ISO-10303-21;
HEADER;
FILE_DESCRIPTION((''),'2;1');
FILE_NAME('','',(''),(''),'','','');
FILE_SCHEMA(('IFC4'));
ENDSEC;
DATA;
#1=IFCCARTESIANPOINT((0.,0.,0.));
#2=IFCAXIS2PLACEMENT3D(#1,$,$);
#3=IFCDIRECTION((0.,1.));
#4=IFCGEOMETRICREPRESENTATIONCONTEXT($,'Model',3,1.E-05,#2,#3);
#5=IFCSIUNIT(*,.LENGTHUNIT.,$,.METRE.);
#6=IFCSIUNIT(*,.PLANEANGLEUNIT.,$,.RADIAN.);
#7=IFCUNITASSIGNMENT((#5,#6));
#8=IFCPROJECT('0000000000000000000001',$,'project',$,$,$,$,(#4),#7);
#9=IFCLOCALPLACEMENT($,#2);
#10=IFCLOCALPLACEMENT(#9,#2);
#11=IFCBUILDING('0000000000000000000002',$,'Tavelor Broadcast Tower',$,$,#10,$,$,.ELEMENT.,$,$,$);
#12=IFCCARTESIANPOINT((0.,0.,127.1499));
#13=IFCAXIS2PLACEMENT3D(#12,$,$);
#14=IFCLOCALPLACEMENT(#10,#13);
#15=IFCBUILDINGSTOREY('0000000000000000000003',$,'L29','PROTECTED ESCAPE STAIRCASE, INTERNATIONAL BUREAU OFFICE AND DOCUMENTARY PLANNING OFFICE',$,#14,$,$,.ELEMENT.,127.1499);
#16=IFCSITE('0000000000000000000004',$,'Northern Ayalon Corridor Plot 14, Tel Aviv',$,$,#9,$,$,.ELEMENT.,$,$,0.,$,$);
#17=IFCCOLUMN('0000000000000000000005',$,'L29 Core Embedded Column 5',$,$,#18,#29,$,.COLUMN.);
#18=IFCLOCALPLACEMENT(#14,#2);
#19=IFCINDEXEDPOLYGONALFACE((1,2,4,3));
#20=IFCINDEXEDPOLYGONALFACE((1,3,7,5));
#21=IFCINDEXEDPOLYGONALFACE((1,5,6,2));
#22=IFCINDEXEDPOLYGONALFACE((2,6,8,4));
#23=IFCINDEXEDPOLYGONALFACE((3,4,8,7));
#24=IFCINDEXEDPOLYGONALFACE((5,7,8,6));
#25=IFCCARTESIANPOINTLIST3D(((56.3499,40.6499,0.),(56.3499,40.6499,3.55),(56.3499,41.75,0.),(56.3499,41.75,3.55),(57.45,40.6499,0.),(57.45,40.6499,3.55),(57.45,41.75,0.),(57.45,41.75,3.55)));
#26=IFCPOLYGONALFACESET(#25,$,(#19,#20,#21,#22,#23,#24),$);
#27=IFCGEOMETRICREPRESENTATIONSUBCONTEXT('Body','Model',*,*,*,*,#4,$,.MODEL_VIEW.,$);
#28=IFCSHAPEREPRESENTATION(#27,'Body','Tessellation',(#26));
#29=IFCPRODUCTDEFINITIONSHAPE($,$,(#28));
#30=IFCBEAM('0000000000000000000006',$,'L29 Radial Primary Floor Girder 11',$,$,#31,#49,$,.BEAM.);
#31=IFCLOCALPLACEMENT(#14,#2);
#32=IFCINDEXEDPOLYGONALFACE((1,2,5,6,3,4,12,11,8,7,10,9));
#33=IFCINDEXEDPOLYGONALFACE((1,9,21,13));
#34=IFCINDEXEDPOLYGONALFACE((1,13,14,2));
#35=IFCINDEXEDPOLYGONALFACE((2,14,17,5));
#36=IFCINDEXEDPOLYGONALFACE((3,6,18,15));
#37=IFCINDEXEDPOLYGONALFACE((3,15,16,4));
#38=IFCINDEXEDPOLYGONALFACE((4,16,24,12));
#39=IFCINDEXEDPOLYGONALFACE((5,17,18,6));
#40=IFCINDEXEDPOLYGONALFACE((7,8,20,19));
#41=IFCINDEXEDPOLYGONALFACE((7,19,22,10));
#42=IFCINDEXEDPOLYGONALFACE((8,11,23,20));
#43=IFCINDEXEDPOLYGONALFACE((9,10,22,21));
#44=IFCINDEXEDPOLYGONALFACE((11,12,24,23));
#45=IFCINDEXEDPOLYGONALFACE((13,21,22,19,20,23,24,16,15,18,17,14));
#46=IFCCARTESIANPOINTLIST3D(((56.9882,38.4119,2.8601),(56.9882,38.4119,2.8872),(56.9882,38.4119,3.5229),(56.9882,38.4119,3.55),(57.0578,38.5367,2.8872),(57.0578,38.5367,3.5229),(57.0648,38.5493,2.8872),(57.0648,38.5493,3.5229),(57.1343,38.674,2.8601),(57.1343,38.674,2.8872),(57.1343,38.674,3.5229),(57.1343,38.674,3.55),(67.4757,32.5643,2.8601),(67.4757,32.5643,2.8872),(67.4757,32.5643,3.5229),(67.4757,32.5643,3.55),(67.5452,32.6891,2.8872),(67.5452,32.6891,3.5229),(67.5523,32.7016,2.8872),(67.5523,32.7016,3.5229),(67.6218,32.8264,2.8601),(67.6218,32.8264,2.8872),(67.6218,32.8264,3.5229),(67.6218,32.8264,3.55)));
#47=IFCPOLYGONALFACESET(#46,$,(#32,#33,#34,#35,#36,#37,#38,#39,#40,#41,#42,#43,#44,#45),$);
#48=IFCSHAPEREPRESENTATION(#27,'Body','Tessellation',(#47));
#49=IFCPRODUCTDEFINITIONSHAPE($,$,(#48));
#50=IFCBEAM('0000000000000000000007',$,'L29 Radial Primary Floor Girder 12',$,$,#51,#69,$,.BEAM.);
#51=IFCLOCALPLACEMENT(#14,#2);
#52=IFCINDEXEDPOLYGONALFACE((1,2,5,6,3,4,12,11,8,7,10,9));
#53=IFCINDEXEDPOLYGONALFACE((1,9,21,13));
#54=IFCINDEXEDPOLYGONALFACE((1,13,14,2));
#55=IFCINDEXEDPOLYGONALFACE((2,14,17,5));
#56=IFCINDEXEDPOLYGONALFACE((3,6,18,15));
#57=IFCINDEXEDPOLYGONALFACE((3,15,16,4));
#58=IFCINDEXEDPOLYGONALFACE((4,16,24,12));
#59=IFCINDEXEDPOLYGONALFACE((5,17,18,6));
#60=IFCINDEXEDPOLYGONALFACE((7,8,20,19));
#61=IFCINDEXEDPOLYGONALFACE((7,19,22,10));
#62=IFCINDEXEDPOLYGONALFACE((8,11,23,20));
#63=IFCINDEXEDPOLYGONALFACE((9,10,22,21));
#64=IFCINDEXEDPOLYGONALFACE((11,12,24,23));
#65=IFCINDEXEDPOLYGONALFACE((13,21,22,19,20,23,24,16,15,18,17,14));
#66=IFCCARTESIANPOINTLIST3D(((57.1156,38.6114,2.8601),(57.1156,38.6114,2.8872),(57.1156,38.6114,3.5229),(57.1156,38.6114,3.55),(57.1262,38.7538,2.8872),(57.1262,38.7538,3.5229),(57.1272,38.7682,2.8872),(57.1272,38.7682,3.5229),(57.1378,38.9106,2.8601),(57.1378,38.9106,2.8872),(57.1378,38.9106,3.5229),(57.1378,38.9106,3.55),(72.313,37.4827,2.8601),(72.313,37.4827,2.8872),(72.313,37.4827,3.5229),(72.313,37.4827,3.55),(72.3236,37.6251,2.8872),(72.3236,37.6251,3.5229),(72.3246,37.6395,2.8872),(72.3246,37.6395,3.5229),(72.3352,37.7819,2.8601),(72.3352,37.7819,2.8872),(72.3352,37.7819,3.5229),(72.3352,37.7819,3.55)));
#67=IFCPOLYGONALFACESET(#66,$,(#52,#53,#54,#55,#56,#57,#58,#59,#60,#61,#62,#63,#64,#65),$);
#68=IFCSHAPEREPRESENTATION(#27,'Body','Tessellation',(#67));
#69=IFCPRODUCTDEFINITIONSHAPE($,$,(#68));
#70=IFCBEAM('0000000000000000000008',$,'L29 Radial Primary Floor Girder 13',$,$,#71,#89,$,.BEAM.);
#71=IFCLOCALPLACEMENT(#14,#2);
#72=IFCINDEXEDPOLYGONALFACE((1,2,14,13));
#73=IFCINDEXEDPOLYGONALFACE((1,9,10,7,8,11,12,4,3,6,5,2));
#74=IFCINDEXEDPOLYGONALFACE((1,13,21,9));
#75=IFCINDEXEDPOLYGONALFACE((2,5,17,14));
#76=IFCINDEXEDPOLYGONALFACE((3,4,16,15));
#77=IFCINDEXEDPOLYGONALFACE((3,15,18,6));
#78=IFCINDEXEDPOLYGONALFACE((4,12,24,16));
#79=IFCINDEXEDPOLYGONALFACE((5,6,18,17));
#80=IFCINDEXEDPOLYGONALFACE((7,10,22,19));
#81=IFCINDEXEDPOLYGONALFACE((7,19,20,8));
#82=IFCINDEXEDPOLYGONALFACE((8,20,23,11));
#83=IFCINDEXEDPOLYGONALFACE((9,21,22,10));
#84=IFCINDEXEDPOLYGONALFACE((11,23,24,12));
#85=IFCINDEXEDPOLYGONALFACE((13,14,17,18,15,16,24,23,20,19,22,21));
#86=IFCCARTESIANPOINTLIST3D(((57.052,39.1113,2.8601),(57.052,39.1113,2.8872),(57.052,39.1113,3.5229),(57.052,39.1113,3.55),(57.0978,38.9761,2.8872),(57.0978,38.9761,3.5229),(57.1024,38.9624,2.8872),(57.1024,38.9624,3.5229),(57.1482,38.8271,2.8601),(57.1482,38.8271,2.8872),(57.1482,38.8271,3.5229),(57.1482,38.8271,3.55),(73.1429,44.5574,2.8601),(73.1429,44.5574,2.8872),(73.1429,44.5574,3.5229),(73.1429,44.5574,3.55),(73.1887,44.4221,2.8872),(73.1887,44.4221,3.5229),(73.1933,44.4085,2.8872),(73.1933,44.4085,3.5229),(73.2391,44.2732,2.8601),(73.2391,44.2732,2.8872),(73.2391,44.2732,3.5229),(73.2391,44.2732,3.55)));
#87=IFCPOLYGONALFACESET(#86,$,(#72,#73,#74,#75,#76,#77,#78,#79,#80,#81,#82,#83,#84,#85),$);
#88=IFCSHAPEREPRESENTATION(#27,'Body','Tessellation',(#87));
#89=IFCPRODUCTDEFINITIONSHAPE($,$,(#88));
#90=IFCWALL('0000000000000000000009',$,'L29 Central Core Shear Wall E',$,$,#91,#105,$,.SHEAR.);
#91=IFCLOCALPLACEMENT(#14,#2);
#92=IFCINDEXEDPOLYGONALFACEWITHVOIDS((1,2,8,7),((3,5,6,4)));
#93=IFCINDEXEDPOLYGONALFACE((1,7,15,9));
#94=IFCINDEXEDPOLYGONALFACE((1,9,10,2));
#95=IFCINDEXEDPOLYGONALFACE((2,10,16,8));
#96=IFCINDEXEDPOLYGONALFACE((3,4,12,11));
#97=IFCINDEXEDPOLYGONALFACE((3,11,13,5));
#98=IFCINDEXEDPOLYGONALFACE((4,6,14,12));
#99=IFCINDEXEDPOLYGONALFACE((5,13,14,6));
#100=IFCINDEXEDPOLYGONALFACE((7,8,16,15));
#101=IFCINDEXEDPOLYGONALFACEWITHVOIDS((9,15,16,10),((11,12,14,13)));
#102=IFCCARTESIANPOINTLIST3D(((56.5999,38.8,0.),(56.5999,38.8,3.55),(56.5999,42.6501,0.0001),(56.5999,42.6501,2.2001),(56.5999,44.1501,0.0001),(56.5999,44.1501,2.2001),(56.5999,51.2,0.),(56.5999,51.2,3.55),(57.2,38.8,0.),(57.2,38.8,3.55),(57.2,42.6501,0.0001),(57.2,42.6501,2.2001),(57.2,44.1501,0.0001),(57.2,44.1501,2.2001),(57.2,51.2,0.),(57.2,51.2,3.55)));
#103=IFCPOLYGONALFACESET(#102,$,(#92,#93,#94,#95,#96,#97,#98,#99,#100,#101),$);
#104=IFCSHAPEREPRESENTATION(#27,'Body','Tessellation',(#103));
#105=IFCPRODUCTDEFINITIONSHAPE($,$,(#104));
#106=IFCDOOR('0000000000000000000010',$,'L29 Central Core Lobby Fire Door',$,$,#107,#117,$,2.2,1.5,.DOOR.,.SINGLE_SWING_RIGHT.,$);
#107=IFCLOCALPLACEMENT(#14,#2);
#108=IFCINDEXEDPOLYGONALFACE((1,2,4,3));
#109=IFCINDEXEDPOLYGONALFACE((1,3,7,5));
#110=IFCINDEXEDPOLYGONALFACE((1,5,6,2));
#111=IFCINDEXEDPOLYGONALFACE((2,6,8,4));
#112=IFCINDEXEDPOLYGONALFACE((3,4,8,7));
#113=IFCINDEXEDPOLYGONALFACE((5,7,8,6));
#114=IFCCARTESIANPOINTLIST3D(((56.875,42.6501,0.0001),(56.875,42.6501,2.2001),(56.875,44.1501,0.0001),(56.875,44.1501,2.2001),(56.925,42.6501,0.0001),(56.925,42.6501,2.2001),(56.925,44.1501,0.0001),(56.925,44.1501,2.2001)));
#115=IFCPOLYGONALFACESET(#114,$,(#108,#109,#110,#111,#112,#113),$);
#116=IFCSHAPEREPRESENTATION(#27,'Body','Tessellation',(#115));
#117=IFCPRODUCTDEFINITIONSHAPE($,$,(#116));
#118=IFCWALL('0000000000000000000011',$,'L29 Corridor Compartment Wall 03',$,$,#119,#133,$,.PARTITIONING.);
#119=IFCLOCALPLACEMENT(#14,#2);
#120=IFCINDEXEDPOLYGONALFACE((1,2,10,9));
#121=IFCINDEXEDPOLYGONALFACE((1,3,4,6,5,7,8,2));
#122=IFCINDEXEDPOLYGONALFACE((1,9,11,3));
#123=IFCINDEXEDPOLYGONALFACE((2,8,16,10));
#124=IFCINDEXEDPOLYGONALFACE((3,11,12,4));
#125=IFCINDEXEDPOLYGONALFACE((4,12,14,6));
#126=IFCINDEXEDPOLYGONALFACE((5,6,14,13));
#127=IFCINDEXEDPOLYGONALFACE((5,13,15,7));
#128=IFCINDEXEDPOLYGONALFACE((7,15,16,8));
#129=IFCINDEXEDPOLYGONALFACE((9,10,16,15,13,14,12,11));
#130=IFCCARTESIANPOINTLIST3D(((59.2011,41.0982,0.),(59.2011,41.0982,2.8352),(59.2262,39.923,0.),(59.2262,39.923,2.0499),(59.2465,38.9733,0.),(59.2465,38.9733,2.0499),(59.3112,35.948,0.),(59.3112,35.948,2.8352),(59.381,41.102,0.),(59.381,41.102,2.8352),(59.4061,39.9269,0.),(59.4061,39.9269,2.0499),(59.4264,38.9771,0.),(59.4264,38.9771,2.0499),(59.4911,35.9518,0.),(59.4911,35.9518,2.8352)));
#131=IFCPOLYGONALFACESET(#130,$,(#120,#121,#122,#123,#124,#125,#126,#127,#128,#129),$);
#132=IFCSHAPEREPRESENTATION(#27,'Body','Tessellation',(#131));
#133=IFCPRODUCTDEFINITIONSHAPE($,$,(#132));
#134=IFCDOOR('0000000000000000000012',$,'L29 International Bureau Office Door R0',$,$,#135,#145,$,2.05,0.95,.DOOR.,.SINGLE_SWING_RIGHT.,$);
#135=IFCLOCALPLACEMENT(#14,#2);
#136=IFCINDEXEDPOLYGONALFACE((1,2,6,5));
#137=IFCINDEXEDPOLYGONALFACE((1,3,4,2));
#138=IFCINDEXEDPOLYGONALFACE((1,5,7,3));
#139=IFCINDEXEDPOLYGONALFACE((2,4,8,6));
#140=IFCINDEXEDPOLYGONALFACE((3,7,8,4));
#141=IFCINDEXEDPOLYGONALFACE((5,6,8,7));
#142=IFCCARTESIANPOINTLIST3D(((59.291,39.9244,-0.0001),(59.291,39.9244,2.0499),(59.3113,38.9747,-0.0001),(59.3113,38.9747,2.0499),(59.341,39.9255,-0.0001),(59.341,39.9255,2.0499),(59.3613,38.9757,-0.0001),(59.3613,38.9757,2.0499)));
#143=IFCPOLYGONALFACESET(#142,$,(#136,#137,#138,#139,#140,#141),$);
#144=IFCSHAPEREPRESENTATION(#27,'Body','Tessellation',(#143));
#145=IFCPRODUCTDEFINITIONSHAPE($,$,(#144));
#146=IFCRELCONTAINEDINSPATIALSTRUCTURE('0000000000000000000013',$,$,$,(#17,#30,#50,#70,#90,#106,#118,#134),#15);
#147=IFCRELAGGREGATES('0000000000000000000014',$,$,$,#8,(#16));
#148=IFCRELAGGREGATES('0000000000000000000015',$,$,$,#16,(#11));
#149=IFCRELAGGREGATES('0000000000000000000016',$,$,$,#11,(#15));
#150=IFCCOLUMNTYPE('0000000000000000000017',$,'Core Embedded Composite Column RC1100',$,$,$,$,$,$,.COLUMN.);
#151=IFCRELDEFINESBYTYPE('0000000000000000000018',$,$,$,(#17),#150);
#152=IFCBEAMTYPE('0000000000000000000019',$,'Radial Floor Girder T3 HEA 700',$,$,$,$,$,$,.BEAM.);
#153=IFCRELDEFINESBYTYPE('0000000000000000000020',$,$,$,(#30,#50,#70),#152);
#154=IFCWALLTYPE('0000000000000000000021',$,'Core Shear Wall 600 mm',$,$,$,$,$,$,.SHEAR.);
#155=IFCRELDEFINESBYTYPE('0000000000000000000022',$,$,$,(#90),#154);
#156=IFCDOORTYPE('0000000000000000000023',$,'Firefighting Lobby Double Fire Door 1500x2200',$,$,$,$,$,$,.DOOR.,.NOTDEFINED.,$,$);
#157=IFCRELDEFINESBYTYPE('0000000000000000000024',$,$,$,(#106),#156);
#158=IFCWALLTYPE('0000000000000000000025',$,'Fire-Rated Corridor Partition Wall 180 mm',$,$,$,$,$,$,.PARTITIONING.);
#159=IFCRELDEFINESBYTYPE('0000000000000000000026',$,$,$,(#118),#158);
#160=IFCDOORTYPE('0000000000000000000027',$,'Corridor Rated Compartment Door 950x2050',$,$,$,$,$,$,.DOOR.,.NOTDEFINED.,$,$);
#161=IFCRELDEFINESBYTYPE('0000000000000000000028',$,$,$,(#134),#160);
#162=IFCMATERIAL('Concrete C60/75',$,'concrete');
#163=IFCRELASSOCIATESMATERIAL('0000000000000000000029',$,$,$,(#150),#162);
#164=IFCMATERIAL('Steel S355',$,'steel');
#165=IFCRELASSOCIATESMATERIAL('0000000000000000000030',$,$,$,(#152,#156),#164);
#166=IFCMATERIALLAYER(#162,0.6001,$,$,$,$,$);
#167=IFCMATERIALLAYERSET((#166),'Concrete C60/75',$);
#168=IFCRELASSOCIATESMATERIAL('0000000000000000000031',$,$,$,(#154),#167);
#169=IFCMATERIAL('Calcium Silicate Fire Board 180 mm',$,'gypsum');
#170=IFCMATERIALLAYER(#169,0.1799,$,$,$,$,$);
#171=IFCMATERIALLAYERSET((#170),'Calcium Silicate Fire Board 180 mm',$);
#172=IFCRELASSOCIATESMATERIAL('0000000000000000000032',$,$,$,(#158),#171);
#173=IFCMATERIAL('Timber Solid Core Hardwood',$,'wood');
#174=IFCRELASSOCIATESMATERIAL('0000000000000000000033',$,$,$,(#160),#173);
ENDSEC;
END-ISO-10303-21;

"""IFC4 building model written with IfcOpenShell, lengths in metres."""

from ifc_helpers import new_model, si_unit, direction, frame, frame_2d, origin, origin_2d, place, context, subcontext, project, spatial, rectangle, i_section, extrude, material, layer, layer_set, material_profile, profile_set, type_object, element, fill, save


model = new_model("IFC4")

# Units and contexts
model_context = context("Model", 3, precision=1e-05, world=origin(), true_north=direction((0.0, 1.0)))
body_context = subcontext(model_context, "Body", "Model", "MODEL_VIEW")
ifc_project = project(units=[si_unit("LENGTHUNIT", "METRE"), si_unit("PLANEANGLEUNIT", "RADIAN")], contexts=[model_context])

# Site, building, storey
site_placement = place(None, origin())
site = spatial("IfcSite", under=ifc_project, at=site_placement, Name="Northern Ayalon Corridor Plot 14, Tel Aviv", CompositionType="ELEMENT", RefElevation=0.0)
building_placement = place(site_placement, origin())
building = spatial("IfcBuilding", under=site, at=building_placement, Name="Tavelor Broadcast Tower", CompositionType="ELEMENT")
storey_placement = place(building_placement, frame((0.0, 0.0, 127.1499)))
storey = spatial("IfcBuildingStorey", under=building, at=storey_placement, Name="L29", Description="PROTECTED ESCAPE STAIRCASE, INTERNATIONAL BUREAU OFFICE AND DOCUMENTARY PLANNING OFFICE", CompositionType="ELEMENT", Elevation=127.1499)

# Column
ifc_material_1 = material(Name="Concrete C60/75", Category="concrete")
ifc_material_profile_1 = material_profile(ifc_material_1, rectangle(XDim=1.1001, YDim=1.1001, at=origin_2d()), Name="RC 1100x1100")
ifc_profile_set_1 = profile_set([ifc_material_profile_1], Name="Concrete C60/75")
column_type = type_object("IfcColumnType", Name="Core Embedded Composite Column RC1100", PredefinedType="COLUMN", material=ifc_profile_set_1)
column_placement = place(storey_placement, frame((56.8999, 41.2, 0.0), z_axis=(0.0, 0.0, 1.0), x_axis=(1.0, 0.0, 0.0)))
element("IfcColumn", 1, at=column_placement, inside=storey, type_object=column_type, Name="L29 Core Embedded Column 5", PredefinedType="COLUMN", context=body_context, shape_type="SweptSolid", body=[
    extrude(rectangle(XDim=1.1001, YDim=1.1001, at=origin_2d()), origin(), (0.0, 0.0, 1.0), 3.55),
])

# Beams
ifc_material_2 = material(Name="Steel S355", Category="steel")
ifc_material_profile_2 = material_profile(ifc_material_2, i_section(OverallWidth=0.3, OverallDepth=0.6899, WebThickness=0.0144, FlangeThickness=0.0271, at=origin_2d()), Name="HEA 700")
ifc_profile_set_2 = profile_set([ifc_material_profile_2], Name="Steel S355")
beam_type = type_object("IfcBeamType", Name="Radial Floor Girder T3 HEA 700", PredefinedType="BEAM", material=ifc_profile_set_2)
beam_1_placement = place(storey_placement, frame((57.0613, 38.543, 3.2051), z_axis=(0.873405, -0.486994, 0.0), x_axis=(0.486994, 0.873405, 0.0)))
element("IfcBeam", 2, at=beam_1_placement, inside=storey, type_object=beam_type, Name="L29 Radial Primary Floor Girder 11", PredefinedType="BEAM", context=body_context, shape_type="SweptSolid", body=[
    extrude(i_section(OverallWidth=0.3, OverallDepth=0.6899, WebThickness=0.0144, FlangeThickness=0.0271, at=origin_2d()), origin(), (0.0, 0.0, 1.0), 12.0076),
])
beam_2_placement = place(storey_placement, frame((57.1267, 38.761, 3.2051), z_axis=(0.997254, -0.074062, 0.0), x_axis=(0.074062, 0.997254, 0.0)))
element("IfcBeam", 3, at=beam_2_placement, inside=storey, type_object=beam_type, Name="L29 Radial Primary Floor Girder 12", PredefinedType="BEAM", context=body_context, shape_type="SweptSolid", body=[
    extrude(i_section(OverallWidth=0.3, OverallDepth=0.6899, WebThickness=0.0144, FlangeThickness=0.0271, at=origin_2d()), origin(), (0.0, 0.0, 1.0), 15.2393),
])
beam_3_placement = place(storey_placement, frame((57.1001, 38.9692, 3.2051), z_axis=(0.947217, 0.320592, 0.0), x_axis=(-0.320592, 0.947217, 0.0)))
element("IfcBeam", 4, at=beam_3_placement, inside=storey, type_object=beam_type, Name="L29 Radial Primary Floor Girder 13", PredefinedType="BEAM", context=body_context, shape_type="SweptSolid", body=[
    extrude(i_section(OverallWidth=0.3, OverallDepth=0.6899, WebThickness=0.0144, FlangeThickness=0.0271, at=origin_2d()), origin(), (0.0, 0.0, 1.0), 16.9875),
])

# Walls, openings, doors
ifc_layer_1 = layer(ifc_material_1, 0.6001)
ifc_layer_set_1 = layer_set([ifc_layer_1], Name="Concrete C60/75")
wall_type_1 = type_object("IfcWallType", Name="Core Shear Wall 600 mm", PredefinedType="SHEAR", material=ifc_layer_set_1)
wall_1_placement = place(storey_placement, frame((56.8999, 38.8, 0.0), z_axis=(0.0, 0.0, 1.0), x_axis=(0.0, 1.0, 0.0)))
wall_1 = element("IfcWall", 5, at=wall_1_placement, inside=storey, type_object=wall_type_1, Name="L29 Central Core Shear Wall E", PredefinedType="SHEAR", context=body_context, shape_type="SweptSolid", body=[
    extrude(rectangle(XDim=12.3999, YDim=0.6001, at=frame_2d((6.2, 0.0))), origin(), (0.0, 0.0, 1.0), 3.55),
])
opening_1_placement = place(wall_1_placement, frame((3.8501, 0.0, 0.0)))
opening_1 = element("IfcOpeningElement", 6, at=opening_1_placement, cuts=wall_1, PredefinedType="OPENING", context=body_context, shape_type="SweptSolid", body=[
    extrude(rectangle(XDim=1.5, YDim=2.2, at=frame_2d((0.75, 1.1001))), frame((0.0, 0.3101, 0.0), z_axis=(0.0, -1.0, 0.0), x_axis=(1.0, 0.0, 0.0)), (0.0, 0.0, 1.0), 0.6201),
])
door_type_1 = type_object("IfcDoorType", Name="Firefighting Lobby Double Fire Door 1500x2200", OperationType="NOTDEFINED", PredefinedType="DOOR", material=ifc_material_2)
door_1_placement = place(opening_1_placement, origin())
door_1 = element("IfcDoor", 7, at=door_1_placement, inside=storey, type_object=door_type_1, Name="L29 Central Core Lobby Fire Door", OperationType="SINGLE_SWING_RIGHT", OverallHeight=2.2, OverallWidth=1.5, PredefinedType="DOOR", context=body_context, shape_type="SweptSolid", body=[
    extrude(rectangle(XDim=1.5, YDim=2.2, at=frame_2d((0.75, 1.1001))), frame((0.0, 0.0249, 0.0), z_axis=(0.0, -1.0, 0.0), x_axis=(1.0, 0.0, 0.0)), (0.0, 0.0, 1.0), 0.05),
])
fill(opening_1, door_1)
ifc_material_3 = material(Name="Calcium Silicate Fire Board 180 mm", Category="gypsum")
ifc_layer_2 = layer(ifc_material_3, 0.1799)
ifc_layer_set_2 = layer_set([ifc_layer_2], Name="Calcium Silicate Fire Board 180 mm")
wall_type_2 = type_object("IfcWallType", Name="Fire-Rated Corridor Partition Wall 180 mm", PredefinedType="PARTITIONING", material=ifc_layer_set_2)
wall_2_placement = place(storey_placement, frame((59.291, 41.1001, 0.0), z_axis=(0.0, 0.0, 1.0), x_axis=(0.021375, -0.999772, 0.0)))
wall_2 = element("IfcWall", 8, at=wall_2_placement, inside=storey, type_object=wall_type_2, Name="L29 Corridor Compartment Wall 03", PredefinedType="PARTITIONING", context=body_context, shape_type="SweptSolid", body=[
    extrude(rectangle(XDim=5.1514, YDim=0.1799, at=frame_2d((2.5757, 0.0))), origin(), (0.0, 0.0, 1.0), 2.8352),
])
opening_2_placement = place(wall_2_placement, frame((1.1753, 0.0, 0.0)))
opening_2 = element("IfcOpeningElement", 9, at=opening_2_placement, cuts=wall_2, PredefinedType="OPENING", context=body_context, shape_type="SweptSolid", body=[
    extrude(rectangle(XDim=0.95, YDim=2.05, at=frame_2d((0.4751, 1.0249))), frame((0.0, 0.1001, 0.0), z_axis=(0.0, -1.0, 0.0), x_axis=(1.0, 0.0, 0.0)), (0.0, 0.0, 1.0), 0.2),
])
ifc_material_4 = material(Name="Timber Solid Core Hardwood", Category="wood")
door_type_2 = type_object("IfcDoorType", Name="Corridor Rated Compartment Door 950x2050", OperationType="NOTDEFINED", PredefinedType="DOOR", material=ifc_material_4)
door_2_placement = place(opening_2_placement, origin())
door_2 = element("IfcDoor", 10, at=door_2_placement, inside=storey, type_object=door_type_2, Name="L29 International Bureau Office Door R0", OperationType="SINGLE_SWING_RIGHT", OverallHeight=2.05, OverallWidth=0.95, PredefinedType="DOOR", context=body_context, shape_type="SweptSolid", body=[
    extrude(rectangle(XDim=0.95, YDim=2.05, at=frame_2d((0.4751, 1.0249))), frame((0.0, 0.0249, 0.0), z_axis=(0.0, -1.0, 0.0), x_axis=(1.0, 0.0, 0.0)), (0.0, 0.0, 1.0), 0.05),
])
fill(opening_2, door_2)

save(model, "model.ifc")
